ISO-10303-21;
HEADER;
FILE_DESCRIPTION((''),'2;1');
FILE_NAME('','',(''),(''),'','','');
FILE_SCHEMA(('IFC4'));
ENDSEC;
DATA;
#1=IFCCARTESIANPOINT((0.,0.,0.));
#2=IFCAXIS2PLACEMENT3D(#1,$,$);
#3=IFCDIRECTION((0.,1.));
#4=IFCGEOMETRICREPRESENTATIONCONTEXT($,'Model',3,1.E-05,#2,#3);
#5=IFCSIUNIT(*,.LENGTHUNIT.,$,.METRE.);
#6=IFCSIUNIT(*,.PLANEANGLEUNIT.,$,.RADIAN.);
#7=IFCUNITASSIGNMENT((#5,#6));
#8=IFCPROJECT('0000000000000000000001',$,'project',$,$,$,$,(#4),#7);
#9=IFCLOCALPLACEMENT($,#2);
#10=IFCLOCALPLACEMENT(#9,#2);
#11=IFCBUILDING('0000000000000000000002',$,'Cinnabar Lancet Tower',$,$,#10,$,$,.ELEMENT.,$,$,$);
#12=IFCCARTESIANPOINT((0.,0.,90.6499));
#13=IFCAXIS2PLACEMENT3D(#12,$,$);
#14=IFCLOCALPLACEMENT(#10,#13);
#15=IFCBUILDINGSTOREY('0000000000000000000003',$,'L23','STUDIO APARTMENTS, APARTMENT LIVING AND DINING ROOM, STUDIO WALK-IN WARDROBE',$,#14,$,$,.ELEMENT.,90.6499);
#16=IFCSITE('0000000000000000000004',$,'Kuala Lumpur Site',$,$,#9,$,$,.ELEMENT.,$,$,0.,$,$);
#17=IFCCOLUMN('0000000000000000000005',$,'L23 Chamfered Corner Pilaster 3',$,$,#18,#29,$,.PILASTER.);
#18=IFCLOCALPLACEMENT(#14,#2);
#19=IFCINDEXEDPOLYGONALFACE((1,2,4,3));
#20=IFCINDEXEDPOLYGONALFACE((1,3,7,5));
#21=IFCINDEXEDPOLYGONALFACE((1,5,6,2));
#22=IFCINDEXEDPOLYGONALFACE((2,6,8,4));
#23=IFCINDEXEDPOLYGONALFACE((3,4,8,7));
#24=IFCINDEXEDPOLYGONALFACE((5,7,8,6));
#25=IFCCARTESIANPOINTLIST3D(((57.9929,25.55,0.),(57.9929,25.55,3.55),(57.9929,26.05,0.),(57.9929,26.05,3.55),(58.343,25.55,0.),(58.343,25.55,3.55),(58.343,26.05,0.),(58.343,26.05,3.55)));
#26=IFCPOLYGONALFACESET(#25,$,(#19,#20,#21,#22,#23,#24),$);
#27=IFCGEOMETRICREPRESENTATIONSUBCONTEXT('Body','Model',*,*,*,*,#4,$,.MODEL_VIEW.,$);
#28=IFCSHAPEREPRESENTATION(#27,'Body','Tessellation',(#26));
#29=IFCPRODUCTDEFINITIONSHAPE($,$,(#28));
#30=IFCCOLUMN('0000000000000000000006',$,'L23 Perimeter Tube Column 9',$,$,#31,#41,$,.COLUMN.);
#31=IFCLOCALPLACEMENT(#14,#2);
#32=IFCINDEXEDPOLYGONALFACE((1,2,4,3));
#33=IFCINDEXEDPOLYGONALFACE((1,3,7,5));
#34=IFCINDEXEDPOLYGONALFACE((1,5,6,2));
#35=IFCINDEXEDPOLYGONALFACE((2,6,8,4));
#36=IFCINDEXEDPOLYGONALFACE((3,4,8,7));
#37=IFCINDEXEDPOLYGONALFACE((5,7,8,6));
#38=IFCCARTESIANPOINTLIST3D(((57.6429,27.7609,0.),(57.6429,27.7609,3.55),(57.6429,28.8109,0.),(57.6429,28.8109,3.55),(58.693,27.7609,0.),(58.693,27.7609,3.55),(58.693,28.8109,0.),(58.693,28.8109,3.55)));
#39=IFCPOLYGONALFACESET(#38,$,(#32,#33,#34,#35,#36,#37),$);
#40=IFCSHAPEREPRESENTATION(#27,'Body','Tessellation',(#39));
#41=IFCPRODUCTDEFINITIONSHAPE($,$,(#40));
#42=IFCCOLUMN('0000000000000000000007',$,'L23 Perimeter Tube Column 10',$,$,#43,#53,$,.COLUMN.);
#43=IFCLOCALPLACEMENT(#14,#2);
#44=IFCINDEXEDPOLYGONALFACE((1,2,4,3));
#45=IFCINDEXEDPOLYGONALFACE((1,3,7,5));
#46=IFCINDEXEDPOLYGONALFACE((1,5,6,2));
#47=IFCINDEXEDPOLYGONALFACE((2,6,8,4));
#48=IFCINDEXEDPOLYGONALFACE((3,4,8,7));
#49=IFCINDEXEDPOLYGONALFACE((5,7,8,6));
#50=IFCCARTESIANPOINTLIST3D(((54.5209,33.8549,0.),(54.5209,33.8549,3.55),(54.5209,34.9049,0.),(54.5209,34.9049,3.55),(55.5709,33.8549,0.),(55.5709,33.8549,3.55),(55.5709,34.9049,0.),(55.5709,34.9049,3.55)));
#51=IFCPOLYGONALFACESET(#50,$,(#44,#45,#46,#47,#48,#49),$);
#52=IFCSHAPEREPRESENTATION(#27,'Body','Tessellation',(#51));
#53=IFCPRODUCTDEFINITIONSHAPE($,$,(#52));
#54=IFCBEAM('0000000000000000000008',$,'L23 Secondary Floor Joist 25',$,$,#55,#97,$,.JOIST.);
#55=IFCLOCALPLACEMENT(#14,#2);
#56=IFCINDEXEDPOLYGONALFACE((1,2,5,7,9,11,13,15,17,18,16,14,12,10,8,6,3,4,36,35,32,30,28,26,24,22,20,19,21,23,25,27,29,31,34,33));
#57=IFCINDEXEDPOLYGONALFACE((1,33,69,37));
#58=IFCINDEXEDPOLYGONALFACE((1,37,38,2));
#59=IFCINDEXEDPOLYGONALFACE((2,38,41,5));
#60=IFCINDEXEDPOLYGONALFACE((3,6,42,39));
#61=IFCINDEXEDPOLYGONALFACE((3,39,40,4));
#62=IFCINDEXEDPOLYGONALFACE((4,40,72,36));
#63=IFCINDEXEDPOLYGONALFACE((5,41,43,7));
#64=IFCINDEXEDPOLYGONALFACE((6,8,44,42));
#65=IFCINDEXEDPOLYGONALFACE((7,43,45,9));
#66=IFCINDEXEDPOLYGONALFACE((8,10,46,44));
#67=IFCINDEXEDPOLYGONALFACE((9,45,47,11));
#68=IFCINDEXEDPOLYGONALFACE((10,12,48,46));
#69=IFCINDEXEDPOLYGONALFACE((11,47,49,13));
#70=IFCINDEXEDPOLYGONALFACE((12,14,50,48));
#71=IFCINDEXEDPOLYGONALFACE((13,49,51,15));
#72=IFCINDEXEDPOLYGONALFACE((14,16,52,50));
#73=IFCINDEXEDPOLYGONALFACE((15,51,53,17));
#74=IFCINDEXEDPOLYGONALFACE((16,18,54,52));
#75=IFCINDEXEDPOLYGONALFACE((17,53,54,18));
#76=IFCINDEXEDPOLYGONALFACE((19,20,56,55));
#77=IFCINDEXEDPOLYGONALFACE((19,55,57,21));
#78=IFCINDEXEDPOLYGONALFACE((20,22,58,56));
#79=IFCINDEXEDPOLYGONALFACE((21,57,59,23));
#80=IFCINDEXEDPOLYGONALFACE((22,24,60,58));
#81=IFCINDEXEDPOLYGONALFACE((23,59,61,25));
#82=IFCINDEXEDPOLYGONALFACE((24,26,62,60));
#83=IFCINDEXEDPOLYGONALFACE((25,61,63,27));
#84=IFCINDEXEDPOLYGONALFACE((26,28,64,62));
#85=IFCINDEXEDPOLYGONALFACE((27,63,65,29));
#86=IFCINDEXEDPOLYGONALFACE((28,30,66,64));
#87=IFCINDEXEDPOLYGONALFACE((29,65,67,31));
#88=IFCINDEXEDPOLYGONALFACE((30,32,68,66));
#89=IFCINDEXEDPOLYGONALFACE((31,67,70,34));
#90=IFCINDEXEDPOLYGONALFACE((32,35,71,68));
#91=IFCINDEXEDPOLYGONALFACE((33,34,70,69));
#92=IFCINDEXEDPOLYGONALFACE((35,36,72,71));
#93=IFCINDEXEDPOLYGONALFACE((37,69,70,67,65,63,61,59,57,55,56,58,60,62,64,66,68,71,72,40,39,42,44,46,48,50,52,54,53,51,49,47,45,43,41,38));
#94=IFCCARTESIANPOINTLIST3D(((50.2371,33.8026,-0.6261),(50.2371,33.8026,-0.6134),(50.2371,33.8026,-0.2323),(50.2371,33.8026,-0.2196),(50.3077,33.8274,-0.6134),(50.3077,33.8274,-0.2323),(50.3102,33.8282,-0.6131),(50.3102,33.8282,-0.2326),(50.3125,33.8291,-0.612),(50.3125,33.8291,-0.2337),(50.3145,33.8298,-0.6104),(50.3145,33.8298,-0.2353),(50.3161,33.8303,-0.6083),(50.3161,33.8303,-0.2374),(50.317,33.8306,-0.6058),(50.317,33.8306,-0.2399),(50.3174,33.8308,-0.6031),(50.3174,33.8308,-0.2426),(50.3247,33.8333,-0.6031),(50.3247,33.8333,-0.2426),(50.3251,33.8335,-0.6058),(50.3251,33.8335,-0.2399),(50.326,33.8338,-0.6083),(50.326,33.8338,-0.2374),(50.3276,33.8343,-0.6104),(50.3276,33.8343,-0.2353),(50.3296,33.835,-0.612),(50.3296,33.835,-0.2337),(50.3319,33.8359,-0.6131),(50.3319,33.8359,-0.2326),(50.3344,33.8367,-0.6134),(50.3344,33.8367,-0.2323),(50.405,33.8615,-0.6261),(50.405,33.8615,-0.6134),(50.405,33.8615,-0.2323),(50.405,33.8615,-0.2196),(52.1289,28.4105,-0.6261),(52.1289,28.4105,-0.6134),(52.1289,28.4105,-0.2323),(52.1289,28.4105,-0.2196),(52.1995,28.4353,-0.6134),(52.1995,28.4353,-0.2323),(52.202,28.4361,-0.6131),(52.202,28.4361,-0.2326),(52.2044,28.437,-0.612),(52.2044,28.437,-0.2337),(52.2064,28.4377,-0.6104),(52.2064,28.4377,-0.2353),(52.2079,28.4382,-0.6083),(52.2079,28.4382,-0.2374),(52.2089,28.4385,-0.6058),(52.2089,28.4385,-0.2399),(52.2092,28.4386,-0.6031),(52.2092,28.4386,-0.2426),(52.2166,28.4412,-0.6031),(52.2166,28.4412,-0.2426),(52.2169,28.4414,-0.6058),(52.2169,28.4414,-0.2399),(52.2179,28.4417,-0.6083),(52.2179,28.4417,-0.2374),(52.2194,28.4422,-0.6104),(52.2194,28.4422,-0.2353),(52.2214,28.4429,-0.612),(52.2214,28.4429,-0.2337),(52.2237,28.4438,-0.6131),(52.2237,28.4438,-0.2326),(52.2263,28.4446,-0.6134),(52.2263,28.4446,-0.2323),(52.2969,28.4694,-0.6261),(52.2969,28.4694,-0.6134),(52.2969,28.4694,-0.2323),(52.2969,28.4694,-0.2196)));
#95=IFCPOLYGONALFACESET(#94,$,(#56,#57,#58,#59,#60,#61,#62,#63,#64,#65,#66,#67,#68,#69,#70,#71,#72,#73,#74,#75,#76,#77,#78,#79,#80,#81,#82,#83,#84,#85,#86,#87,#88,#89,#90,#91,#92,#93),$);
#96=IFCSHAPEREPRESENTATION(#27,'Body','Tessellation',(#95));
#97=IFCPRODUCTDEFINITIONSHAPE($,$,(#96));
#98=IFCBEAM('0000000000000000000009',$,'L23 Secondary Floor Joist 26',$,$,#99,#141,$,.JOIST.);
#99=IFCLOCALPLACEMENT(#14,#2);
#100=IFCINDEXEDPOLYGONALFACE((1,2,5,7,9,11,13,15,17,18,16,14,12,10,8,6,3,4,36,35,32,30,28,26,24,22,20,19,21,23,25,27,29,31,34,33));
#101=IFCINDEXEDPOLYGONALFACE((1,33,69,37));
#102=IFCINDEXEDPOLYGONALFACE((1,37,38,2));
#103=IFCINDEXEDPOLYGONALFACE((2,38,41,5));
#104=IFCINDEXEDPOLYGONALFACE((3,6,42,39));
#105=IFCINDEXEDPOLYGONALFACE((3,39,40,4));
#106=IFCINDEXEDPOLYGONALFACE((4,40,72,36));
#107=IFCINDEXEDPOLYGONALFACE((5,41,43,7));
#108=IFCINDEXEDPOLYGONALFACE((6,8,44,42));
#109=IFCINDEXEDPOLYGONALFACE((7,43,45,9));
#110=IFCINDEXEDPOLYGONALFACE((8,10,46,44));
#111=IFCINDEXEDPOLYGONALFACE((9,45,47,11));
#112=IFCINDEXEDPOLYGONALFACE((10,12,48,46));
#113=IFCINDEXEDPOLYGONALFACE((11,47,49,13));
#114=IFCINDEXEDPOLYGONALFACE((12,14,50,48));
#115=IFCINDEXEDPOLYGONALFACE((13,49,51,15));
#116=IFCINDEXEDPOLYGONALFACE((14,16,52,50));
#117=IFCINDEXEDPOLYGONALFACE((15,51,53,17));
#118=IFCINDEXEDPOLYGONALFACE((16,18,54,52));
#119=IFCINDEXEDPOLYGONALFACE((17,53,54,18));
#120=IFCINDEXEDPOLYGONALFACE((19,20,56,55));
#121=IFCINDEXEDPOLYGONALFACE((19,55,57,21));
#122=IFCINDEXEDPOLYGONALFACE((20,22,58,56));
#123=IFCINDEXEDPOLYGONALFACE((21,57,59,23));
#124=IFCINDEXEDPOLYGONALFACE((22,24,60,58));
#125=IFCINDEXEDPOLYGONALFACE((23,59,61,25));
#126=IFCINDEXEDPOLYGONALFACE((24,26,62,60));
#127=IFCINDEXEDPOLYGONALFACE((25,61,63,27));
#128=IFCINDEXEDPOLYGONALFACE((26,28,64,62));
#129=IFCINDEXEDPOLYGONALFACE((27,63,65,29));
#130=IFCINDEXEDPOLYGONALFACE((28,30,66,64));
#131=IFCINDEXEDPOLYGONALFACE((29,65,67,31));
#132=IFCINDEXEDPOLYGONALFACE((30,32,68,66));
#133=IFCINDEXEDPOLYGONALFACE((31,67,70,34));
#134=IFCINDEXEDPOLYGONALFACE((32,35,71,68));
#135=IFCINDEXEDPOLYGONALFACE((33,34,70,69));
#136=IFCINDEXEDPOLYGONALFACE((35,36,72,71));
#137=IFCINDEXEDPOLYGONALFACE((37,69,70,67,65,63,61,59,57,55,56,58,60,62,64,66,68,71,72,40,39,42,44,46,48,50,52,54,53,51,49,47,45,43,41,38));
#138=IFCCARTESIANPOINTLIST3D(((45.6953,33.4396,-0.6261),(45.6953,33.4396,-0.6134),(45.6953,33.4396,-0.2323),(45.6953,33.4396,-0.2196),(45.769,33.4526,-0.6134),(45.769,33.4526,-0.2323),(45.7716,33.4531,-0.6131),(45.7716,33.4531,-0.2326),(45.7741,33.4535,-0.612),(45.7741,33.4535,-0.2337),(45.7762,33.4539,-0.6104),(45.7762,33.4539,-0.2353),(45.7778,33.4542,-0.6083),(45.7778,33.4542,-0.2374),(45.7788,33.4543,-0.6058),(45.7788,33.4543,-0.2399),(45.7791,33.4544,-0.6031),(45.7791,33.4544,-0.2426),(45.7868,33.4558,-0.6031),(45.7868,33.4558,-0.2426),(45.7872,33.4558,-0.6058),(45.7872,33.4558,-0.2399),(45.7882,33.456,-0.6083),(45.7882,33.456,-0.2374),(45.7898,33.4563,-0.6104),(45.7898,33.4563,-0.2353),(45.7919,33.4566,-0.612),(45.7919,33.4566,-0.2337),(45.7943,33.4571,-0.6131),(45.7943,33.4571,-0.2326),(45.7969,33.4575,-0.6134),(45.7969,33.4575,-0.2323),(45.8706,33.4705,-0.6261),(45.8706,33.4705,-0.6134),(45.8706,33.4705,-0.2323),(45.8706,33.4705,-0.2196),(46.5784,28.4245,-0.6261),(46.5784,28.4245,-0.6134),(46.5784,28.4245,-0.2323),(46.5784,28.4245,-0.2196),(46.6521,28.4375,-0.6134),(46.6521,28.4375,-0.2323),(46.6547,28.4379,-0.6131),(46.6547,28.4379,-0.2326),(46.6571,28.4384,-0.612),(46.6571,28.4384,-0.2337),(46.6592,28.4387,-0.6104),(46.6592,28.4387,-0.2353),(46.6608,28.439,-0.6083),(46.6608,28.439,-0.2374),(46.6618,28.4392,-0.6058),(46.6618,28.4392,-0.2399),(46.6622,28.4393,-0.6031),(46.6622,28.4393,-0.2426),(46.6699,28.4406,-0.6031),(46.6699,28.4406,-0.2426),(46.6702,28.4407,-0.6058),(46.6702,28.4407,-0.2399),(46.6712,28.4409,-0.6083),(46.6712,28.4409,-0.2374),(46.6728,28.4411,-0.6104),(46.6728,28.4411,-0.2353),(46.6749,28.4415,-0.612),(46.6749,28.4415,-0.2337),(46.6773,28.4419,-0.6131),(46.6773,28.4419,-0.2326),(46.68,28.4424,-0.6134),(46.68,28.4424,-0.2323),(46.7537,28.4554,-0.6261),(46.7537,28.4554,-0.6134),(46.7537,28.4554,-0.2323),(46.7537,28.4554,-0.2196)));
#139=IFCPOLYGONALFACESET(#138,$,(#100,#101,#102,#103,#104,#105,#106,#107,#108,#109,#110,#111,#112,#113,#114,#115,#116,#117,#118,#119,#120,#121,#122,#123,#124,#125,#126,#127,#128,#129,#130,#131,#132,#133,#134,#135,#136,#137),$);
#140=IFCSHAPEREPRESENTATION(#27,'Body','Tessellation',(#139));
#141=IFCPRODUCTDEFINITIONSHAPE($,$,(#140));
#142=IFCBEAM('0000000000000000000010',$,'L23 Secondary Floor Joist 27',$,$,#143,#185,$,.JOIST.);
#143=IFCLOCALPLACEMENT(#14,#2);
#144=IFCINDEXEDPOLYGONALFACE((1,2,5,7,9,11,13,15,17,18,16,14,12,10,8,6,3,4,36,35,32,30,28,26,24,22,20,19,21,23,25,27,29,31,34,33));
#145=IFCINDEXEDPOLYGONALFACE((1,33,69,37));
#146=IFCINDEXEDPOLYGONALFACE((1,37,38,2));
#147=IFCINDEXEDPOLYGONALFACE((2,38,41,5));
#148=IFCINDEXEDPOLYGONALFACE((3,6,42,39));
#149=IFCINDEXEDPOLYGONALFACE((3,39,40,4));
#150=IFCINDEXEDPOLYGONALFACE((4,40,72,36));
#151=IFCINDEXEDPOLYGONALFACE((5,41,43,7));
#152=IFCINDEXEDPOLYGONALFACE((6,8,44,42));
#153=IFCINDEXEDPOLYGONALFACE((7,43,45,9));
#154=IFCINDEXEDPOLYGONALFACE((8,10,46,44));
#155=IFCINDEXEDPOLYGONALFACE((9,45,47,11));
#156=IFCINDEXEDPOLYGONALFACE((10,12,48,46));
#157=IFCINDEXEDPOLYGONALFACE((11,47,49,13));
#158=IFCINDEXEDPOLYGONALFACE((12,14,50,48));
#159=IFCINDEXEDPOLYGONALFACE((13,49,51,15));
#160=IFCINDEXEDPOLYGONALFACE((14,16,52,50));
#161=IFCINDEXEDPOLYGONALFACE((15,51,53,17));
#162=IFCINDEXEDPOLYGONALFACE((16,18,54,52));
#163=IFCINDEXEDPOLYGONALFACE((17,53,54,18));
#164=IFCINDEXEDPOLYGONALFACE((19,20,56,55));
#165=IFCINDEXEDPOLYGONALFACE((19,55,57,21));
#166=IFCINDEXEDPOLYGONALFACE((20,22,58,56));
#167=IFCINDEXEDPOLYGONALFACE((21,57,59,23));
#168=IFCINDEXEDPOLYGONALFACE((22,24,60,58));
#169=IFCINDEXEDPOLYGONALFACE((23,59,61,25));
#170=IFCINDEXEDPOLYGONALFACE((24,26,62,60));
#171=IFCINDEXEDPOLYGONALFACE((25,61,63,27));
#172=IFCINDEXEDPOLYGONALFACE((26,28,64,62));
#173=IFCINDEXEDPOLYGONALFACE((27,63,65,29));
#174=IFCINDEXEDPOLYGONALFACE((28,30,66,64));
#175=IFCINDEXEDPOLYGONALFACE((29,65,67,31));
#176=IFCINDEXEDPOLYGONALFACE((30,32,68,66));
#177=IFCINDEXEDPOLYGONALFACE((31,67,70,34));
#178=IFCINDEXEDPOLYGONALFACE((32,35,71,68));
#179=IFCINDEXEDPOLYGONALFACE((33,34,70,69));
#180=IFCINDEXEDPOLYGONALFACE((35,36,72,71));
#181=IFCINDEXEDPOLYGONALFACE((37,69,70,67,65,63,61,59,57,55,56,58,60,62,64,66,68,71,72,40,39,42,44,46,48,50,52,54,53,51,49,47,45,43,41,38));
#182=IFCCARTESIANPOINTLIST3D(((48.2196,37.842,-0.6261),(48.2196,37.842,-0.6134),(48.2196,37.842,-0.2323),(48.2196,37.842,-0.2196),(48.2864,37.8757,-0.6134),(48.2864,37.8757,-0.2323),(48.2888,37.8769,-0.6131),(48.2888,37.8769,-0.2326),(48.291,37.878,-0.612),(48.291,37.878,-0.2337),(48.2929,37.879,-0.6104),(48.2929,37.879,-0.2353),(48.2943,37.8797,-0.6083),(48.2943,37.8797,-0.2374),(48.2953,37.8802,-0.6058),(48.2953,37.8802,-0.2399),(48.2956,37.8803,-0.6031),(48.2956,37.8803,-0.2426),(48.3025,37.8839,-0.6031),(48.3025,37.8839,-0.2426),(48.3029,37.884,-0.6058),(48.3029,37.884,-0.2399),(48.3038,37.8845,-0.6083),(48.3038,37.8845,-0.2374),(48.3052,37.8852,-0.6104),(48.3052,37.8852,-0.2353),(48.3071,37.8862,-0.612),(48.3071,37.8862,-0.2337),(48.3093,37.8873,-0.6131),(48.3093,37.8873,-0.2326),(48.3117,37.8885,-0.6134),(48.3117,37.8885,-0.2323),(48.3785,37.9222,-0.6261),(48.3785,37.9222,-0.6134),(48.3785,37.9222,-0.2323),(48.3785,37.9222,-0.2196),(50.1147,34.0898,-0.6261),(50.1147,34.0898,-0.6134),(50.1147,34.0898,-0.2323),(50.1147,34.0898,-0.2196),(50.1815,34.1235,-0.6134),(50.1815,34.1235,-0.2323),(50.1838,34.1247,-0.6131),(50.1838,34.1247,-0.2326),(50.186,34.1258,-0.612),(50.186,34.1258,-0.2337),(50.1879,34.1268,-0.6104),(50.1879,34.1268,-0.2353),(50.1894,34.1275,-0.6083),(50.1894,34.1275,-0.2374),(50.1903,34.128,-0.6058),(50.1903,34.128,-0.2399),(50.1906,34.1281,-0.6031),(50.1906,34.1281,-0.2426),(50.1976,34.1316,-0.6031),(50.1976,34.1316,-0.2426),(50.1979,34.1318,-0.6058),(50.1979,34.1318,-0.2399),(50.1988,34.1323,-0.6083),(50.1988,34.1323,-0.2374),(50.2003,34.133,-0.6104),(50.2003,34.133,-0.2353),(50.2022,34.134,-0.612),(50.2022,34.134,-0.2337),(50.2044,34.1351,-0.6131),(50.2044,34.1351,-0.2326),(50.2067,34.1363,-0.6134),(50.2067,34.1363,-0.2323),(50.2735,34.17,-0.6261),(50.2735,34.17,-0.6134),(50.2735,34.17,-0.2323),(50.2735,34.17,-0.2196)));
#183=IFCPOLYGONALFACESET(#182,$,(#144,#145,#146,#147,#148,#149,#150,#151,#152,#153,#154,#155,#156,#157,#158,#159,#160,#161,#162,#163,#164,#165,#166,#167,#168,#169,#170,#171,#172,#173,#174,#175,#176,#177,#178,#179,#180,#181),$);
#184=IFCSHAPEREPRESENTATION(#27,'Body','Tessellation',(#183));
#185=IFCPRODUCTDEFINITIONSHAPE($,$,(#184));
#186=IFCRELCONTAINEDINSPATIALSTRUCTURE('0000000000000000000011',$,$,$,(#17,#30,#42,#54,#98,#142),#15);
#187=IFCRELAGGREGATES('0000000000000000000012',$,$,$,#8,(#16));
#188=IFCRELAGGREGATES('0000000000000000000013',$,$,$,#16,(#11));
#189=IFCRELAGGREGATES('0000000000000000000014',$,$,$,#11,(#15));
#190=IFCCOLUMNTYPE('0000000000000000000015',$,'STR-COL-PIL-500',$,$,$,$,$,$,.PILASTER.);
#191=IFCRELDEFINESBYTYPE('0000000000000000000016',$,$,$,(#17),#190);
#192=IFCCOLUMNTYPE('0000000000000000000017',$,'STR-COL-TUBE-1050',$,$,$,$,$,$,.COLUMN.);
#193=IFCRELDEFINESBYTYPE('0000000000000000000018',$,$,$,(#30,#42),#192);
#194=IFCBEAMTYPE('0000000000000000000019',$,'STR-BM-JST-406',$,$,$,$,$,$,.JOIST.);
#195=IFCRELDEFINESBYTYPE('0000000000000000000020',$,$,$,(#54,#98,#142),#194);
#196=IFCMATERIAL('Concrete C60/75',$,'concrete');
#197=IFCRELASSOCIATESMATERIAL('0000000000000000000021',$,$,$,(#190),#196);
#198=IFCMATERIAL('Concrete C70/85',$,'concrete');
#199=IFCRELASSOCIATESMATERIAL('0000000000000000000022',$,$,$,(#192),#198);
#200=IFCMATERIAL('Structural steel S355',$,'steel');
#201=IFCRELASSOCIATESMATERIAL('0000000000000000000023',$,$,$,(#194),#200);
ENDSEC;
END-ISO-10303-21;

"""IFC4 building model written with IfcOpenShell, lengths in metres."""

from ifc_helpers import new_model, si_unit, direction, frame, origin, origin_2d, place, context, subcontext, project, spatial, rectangle, i_section, extrude, material, material_profile, profile_set, type_object, element, save


model = new_model("IFC4")

# Units and contexts
model_context = context("Model", 3, precision=1e-05, world=origin(), true_north=direction((0.0, 1.0)))
body_context = subcontext(model_context, "Body", "Model", "MODEL_VIEW")
ifc_project = project(units=[si_unit("LENGTHUNIT", "METRE"), si_unit("PLANEANGLEUNIT", "RADIAN")], contexts=[model_context])

# Site, building, storey
site_placement = place(None, origin())
site = spatial("IfcSite", under=ifc_project, at=site_placement, Name="Kuala Lumpur Site", CompositionType="ELEMENT", RefElevation=0.0)
building_placement = place(site_placement, origin())
building = spatial("IfcBuilding", under=site, at=building_placement, Name="Cinnabar Lancet Tower", CompositionType="ELEMENT")
storey_placement = place(building_placement, frame((0.0, 0.0, 90.6499)))
storey = spatial("IfcBuildingStorey", under=building, at=storey_placement, Name="L23", Description="STUDIO APARTMENTS, APARTMENT LIVING AND DINING ROOM, STUDIO WALK-IN WARDROBE", CompositionType="ELEMENT", Elevation=90.6499)

# Columns
ifc_material_1 = material(Name="Concrete C60/75", Category="concrete")
ifc_material_profile_1 = material_profile(ifc_material_1, rectangle(XDim=0.5, YDim=0.3501, at=origin_2d()), Name="RC-PIL 500x350")
ifc_profile_set_1 = profile_set([ifc_material_profile_1], Name="Concrete C60/75")
column_type_1 = type_object("IfcColumnType", Name="STR-COL-PIL-500", PredefinedType="PILASTER", material=ifc_profile_set_1)
column_placement = place(storey_placement, frame((58.168, 25.8, 0.0), z_axis=(0.0, 0.0, 1.0), x_axis=(0.0, 1.0, 0.0)))
element("IfcColumn", 1, at=column_placement, inside=storey, type_object=column_type_1, Name="L23 Chamfered Corner Pilaster 3", PredefinedType="PILASTER", context=body_context, shape_type="SweptSolid", body=[
    extrude(rectangle(XDim=0.5, YDim=0.3501, at=origin_2d()), origin(), (0.0, 0.0, 1.0), 3.55),
])
ifc_material_2 = material(Name="Concrete C70/85", Category="concrete")
ifc_material_profile_2 = material_profile(ifc_material_2, rectangle(XDim=1.05, YDim=1.05, at=origin_2d()), Name="RC-COL 1050x1050")
ifc_profile_set_2 = profile_set([ifc_material_profile_2], Name="Concrete C70/85")
column_type_2 = type_object("IfcColumnType", Name="STR-COL-TUBE-1050", PredefinedType="COLUMN", material=ifc_profile_set_2)
for number, where, z_axis, x_axis, name in (
    (2, (58.168, 28.2859, 0.0), (0.0, 0.0, 1.0), (1.0, 0.0, 0.0), "L23 Perimeter Tube Column 9"),
    (3, (55.0459, 34.3799, 0.0), (0.0, 0.0, 1.0), (1.0, 0.0, 0.0), "L23 Perimeter Tube Column 10"),
):
    element("IfcColumn", number, at=place(storey_placement, frame(where, z_axis=z_axis, x_axis=x_axis)), inside=storey, type_object=column_type_2, Name=name, PredefinedType="COLUMN", context=body_context, shape_type="SweptSolid", body=[
        extrude(rectangle(XDim=1.05, YDim=1.05, at=origin_2d()), origin(), (0.0, 0.0, 1.0), 3.55),
    ])

# Beams
ifc_material_3 = material(Name="Structural steel S355", Category="steel")
ifc_material_profile_3 = material_profile(ifc_material_3, i_section(OverallWidth=0.178, OverallDepth=0.4065, WebThickness=0.0078, FlangeThickness=0.0127, FilletRadius=0.0103, at=origin_2d()), Name="UKB 406x178x60")
ifc_profile_set_3 = profile_set([ifc_material_profile_3], Name="Structural steel S355")
beam_type_1 = type_object("IfcBeamType", Name="STR-BM-JST-406", PredefinedType="JOIST", material=ifc_profile_set_3)
beam_1_placement = place(storey_placement, frame((52.2129, 28.4399, -0.4229), z_axis=(-0.33107, 0.943606, 0.0), x_axis=(-0.943606, -0.33107, 0.0)))
element("IfcBeam", 4, at=beam_1_placement, inside=storey, type_object=beam_type_1, Name="L23 Secondary Floor Joist 25", PredefinedType="JOIST", context=body_context, shape_type="SweptSolid", body=[
    extrude(i_section(OverallWidth=0.178, OverallDepth=0.4065, WebThickness=0.0078, FlangeThickness=0.0127, FilletRadius=0.0103, at=origin_2d()), origin(), (0.0, 0.0, 1.0), 5.7144),
])
beam_2_placement = place(storey_placement, frame((46.666, 28.4399, -0.4229), z_axis=(-0.173411, 0.98485, 0.0), x_axis=(-0.98485, -0.173411, 0.0)))
element("IfcBeam", 5, at=beam_2_placement, inside=storey, type_object=beam_type_1, Name="L23 Secondary Floor Joist 26", PredefinedType="JOIST", context=body_context, shape_type="SweptSolid", body=[
    extrude(i_section(OverallWidth=0.178, OverallDepth=0.4065, WebThickness=0.0078, FlangeThickness=0.0127, FilletRadius=0.0103, at=origin_2d()), origin(), (0.0, 0.0, 1.0), 5.0923),
])
beam_3_placement = place(storey_placement, frame((50.1941, 34.1299, -0.4229), z_axis=(-0.450811, 0.892619, 0.0), x_axis=(-0.892619, -0.450811, 0.0)))
element("IfcBeam", 6, at=beam_3_placement, inside=storey, type_object=beam_type_1, Name="L23 Secondary Floor Joist 27", PredefinedType="JOIST", context=body_context, shape_type="SweptSolid", body=[
    extrude(i_section(OverallWidth=0.178, OverallDepth=0.4065, WebThickness=0.0078, FlangeThickness=0.0127, FilletRadius=0.0103, at=origin_2d()), origin(), (0.0, 0.0, 1.0), 4.2036),
])

save(model, "model.ifc")
